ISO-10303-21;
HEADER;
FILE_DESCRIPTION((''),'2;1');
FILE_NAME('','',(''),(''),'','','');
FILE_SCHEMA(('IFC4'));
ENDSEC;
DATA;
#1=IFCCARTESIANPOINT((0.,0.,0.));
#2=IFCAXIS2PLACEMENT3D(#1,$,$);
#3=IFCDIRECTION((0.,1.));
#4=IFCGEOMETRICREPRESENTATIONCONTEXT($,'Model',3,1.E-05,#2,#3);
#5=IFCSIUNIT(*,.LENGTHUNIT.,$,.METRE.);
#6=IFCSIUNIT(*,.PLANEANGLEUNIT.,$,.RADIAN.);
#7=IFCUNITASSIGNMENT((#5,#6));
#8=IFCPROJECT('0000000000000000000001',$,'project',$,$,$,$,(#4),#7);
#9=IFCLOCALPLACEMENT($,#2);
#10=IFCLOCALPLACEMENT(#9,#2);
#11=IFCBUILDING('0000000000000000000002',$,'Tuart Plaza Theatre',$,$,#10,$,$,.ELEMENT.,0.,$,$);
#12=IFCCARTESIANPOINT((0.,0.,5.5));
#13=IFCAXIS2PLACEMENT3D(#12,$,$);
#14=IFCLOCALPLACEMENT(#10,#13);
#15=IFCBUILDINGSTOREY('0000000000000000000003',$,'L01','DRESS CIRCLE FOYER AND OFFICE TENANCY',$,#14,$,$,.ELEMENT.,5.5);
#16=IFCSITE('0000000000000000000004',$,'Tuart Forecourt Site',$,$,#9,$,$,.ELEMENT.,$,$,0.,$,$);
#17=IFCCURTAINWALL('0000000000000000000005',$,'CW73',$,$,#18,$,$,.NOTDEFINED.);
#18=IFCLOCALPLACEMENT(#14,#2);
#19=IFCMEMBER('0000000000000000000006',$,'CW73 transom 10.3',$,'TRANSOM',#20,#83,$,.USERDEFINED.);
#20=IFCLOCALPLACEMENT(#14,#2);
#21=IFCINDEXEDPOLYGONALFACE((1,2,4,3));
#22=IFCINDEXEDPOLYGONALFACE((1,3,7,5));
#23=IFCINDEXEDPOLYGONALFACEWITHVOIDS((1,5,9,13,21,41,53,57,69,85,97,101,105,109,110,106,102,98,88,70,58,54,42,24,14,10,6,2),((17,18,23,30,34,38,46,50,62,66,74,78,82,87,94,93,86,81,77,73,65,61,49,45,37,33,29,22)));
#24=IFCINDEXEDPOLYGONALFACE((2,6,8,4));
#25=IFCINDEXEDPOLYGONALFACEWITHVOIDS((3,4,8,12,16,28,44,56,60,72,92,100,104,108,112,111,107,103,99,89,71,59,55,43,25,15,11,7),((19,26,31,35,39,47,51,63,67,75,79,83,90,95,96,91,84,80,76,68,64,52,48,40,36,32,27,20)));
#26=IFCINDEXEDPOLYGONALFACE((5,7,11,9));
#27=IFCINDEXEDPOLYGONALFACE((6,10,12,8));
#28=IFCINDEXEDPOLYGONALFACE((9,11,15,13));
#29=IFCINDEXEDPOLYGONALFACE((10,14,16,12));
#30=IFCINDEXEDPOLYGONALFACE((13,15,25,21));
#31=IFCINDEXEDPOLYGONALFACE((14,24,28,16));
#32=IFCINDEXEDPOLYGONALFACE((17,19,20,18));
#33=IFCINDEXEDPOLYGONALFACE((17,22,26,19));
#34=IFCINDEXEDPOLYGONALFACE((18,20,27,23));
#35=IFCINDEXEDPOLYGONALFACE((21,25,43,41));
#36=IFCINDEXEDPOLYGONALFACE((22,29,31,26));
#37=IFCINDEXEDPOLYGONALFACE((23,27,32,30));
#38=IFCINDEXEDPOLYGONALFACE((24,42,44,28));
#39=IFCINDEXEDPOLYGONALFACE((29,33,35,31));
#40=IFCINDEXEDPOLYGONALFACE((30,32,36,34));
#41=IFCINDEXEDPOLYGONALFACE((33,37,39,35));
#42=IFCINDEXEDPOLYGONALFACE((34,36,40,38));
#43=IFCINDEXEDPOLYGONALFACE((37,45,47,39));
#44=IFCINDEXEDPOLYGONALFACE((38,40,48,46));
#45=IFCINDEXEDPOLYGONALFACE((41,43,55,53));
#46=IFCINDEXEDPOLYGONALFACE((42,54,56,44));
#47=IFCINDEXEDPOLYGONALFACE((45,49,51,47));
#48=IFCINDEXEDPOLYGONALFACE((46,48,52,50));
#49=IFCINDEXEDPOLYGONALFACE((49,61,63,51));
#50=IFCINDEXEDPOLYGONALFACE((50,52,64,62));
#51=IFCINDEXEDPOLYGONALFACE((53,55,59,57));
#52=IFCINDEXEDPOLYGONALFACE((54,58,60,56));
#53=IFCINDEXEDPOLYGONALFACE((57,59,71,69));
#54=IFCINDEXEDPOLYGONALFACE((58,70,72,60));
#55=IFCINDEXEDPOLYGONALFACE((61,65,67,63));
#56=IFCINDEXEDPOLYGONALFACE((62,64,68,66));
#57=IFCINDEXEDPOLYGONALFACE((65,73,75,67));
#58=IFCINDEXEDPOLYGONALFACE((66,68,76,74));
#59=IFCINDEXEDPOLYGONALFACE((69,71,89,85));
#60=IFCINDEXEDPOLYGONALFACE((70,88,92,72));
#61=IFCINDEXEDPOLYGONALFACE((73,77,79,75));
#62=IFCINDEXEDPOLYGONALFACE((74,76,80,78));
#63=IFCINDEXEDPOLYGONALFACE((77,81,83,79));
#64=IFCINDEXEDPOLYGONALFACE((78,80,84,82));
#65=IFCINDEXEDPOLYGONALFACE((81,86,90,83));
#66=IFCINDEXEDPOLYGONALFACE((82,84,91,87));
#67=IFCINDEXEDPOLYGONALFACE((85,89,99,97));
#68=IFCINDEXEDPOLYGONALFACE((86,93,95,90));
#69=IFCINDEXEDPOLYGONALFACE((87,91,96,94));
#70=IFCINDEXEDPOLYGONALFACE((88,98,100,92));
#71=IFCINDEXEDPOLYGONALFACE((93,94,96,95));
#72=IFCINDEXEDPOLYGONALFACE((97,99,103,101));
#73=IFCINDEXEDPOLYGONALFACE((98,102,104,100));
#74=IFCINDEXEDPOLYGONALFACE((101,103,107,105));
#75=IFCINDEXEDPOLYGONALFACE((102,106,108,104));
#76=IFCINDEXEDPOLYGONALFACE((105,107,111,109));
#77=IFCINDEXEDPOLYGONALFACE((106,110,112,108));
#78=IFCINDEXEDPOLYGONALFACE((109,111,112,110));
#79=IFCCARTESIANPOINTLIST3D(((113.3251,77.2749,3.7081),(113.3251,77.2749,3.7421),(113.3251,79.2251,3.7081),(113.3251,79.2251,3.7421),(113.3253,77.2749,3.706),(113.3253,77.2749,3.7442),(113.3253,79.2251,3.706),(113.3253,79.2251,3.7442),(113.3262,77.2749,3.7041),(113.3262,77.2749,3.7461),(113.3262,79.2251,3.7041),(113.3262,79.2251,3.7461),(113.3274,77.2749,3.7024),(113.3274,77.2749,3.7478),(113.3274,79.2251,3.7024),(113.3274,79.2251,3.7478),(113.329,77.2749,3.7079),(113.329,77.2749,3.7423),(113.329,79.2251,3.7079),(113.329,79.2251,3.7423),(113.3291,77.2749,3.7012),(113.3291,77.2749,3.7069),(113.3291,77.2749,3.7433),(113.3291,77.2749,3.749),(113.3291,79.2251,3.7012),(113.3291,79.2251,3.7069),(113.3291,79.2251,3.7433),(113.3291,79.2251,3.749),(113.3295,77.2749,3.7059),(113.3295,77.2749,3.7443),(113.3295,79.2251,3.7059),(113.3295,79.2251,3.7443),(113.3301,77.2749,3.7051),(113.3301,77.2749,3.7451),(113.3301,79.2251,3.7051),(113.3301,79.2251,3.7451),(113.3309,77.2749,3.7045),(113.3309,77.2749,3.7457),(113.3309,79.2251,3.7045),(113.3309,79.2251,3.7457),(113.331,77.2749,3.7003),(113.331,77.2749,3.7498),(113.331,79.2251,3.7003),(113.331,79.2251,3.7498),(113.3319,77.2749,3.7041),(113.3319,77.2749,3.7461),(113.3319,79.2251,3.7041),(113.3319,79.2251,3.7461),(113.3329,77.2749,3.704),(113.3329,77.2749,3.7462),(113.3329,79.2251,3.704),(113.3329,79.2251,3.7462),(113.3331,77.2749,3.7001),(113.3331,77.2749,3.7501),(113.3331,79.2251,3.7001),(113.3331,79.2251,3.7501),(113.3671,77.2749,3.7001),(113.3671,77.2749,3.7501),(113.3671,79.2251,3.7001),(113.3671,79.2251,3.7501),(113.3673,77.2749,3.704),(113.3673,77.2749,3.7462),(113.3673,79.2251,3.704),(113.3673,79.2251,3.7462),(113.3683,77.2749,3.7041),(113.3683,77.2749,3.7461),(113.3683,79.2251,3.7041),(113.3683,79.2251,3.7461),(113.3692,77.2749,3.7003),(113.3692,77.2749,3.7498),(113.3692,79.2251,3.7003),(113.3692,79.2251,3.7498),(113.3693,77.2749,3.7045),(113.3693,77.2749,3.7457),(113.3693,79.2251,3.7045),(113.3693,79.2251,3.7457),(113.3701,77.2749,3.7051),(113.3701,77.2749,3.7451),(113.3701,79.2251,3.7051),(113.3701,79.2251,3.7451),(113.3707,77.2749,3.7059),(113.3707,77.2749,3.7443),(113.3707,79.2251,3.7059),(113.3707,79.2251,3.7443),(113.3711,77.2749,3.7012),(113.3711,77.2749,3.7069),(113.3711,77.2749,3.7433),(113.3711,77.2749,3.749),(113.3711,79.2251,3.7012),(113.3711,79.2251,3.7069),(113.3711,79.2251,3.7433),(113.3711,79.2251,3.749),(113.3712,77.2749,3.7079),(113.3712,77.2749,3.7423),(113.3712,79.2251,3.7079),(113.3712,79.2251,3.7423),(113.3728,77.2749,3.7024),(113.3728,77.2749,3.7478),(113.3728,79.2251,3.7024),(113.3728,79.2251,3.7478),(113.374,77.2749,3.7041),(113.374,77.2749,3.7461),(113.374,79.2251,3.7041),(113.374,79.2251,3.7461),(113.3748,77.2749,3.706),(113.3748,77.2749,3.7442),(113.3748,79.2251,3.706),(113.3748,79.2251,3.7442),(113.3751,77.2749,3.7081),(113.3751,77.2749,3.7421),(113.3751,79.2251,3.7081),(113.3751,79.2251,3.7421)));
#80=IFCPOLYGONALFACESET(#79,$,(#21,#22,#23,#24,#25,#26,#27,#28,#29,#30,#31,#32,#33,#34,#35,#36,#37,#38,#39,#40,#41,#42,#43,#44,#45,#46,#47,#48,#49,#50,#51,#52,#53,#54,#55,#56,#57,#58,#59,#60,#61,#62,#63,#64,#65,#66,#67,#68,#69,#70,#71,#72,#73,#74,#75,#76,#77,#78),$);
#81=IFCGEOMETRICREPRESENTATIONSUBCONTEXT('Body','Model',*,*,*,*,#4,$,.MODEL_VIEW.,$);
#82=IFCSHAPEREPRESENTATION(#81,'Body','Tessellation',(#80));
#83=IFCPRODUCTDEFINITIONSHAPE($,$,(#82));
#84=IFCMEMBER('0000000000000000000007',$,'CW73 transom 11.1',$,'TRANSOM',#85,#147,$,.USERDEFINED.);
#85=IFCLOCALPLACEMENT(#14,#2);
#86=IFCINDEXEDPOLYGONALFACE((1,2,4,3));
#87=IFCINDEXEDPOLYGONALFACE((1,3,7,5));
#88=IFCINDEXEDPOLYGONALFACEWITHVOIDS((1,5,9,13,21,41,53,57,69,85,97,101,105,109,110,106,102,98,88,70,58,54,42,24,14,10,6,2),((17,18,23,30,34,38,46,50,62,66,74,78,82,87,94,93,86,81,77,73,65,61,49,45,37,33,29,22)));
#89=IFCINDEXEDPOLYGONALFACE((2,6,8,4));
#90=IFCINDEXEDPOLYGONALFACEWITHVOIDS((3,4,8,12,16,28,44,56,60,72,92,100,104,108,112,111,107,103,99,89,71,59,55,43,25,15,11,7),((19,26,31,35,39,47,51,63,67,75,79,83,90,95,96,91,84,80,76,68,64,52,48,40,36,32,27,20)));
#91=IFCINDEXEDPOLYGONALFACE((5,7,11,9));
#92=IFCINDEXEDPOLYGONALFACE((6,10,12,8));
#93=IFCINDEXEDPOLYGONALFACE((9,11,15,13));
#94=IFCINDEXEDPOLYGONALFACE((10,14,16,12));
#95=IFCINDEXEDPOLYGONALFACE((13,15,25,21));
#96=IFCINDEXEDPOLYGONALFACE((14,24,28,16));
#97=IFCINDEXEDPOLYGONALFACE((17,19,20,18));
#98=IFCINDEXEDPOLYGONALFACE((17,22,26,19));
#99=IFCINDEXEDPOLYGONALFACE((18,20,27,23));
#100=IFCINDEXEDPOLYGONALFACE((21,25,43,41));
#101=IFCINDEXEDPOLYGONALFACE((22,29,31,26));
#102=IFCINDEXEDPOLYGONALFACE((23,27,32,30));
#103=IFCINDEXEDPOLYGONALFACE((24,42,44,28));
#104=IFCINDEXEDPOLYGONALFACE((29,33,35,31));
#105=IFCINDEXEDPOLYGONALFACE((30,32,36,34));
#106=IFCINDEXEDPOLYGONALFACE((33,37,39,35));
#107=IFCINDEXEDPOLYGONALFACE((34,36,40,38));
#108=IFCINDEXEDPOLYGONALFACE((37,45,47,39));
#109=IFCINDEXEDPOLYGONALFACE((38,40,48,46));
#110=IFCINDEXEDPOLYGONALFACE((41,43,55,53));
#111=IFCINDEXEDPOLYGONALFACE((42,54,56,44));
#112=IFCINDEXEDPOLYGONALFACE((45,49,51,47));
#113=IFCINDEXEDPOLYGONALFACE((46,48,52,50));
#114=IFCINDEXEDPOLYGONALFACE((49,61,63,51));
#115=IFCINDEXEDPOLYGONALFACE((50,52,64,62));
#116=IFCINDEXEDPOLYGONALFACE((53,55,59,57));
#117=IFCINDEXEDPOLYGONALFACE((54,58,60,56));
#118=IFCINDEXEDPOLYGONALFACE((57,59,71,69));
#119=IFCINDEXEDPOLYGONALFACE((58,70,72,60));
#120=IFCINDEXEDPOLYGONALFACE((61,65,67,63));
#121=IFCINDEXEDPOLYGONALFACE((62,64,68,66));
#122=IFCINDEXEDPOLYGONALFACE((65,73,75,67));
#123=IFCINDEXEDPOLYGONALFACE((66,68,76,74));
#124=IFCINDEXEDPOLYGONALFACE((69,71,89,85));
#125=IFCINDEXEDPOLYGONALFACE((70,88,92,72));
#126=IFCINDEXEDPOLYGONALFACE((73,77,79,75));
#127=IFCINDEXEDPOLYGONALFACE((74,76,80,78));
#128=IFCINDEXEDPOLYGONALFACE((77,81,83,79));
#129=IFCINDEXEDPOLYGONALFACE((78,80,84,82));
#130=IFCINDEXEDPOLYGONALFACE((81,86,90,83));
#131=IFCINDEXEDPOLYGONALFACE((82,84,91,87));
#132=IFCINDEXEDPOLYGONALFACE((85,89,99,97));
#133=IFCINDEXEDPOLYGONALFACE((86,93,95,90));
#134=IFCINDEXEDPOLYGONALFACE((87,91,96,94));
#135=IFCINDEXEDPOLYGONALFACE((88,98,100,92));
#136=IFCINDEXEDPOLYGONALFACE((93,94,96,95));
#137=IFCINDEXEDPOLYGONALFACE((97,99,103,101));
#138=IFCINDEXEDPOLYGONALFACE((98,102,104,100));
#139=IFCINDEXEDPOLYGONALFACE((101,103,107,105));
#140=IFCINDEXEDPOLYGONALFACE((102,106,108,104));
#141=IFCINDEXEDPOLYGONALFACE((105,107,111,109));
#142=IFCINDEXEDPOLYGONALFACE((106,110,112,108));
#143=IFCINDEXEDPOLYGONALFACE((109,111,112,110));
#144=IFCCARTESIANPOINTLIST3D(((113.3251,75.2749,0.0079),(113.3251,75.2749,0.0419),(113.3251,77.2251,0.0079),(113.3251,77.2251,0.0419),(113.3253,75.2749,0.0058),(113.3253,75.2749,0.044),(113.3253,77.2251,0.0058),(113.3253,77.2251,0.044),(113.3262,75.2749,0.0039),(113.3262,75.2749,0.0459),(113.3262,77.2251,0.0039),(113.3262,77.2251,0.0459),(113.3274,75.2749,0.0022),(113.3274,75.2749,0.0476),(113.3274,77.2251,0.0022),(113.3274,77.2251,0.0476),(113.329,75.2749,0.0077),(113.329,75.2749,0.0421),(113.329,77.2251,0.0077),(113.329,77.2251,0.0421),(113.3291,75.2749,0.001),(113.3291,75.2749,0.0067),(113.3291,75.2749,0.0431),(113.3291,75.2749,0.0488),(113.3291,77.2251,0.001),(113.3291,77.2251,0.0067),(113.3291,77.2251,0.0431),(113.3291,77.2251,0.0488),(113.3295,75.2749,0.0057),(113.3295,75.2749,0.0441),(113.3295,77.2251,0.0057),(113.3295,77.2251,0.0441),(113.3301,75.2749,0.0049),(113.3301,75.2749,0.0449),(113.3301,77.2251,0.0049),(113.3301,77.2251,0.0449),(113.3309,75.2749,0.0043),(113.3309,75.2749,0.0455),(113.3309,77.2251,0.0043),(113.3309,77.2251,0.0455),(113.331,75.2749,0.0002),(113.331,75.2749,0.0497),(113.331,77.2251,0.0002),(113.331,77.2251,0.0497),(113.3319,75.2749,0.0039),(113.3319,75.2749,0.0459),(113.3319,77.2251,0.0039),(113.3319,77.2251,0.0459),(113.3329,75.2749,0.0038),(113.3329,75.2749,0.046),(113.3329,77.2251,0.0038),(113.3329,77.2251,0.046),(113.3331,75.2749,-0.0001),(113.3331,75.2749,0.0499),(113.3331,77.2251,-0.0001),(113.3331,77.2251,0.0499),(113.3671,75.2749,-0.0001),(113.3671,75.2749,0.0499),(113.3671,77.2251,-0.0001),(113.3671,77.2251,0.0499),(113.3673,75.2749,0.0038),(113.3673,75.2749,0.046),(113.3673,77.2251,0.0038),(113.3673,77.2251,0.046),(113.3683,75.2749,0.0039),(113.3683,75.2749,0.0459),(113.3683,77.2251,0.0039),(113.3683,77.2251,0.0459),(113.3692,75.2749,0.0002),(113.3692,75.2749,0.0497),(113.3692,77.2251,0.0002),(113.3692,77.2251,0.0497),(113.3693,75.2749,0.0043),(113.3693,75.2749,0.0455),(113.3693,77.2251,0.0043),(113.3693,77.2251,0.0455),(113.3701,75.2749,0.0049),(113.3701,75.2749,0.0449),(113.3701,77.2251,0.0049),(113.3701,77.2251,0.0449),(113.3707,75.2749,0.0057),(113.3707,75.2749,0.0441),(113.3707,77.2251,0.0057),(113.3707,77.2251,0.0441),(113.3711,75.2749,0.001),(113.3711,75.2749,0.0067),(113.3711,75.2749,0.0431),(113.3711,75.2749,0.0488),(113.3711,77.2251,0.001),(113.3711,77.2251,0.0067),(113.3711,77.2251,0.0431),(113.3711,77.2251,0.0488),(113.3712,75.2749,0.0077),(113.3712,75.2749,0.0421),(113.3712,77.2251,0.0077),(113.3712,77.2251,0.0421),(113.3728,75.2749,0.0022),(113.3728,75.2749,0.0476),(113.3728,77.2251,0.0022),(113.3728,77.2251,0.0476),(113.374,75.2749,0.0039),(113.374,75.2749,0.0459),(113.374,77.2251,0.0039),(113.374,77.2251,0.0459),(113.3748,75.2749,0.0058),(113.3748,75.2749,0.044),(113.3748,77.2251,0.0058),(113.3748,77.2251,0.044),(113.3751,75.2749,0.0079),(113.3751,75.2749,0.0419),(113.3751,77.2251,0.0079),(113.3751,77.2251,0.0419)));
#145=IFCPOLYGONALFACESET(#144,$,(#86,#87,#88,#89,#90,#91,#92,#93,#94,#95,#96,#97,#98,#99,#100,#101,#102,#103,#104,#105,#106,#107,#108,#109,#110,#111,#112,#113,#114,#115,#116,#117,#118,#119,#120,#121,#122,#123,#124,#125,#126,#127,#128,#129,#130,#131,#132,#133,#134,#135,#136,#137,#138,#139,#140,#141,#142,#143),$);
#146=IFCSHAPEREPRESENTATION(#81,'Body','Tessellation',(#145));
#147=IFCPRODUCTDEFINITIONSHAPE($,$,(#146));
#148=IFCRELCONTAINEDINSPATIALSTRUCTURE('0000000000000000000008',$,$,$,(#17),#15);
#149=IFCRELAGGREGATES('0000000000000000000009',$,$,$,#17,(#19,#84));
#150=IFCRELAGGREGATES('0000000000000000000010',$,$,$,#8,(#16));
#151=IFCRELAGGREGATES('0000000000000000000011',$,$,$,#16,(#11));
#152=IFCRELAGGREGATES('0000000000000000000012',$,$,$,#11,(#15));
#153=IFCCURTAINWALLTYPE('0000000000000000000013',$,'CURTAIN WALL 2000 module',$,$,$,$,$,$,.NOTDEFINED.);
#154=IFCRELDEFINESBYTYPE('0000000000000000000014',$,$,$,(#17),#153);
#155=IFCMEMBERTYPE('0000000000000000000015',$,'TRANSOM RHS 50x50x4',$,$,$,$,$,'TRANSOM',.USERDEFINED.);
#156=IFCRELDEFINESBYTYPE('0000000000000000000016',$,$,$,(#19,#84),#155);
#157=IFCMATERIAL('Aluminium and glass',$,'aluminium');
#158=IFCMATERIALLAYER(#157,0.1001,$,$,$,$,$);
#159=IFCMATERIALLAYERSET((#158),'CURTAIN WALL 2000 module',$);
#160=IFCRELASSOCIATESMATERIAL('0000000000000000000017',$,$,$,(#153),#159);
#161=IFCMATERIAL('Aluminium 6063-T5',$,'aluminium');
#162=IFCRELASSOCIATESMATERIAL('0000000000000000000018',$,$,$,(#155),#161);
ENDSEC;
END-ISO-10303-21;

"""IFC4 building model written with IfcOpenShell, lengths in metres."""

from ifc_helpers import new_model, si_unit, direction, frame, origin, origin_2d, place, context, subcontext, project, spatial, hollow_rectangle, extrude, material, layer, layer_set, material_profile, profile_set, type_object, element, aggregate, save


model = new_model("IFC4")

# Units and contexts
model_context = context("Model", 3, precision=1e-05, world=origin(), true_north=direction((0.0, 1.0)))
body_context = subcontext(model_context, "Body", "Model", "MODEL_VIEW")
ifc_project = project(units=[si_unit("LENGTHUNIT", "METRE"), si_unit("PLANEANGLEUNIT", "RADIAN")], contexts=[model_context])

# Site, building, storey
site_placement = place(None, origin())
site = spatial("IfcSite", under=ifc_project, at=site_placement, Name="Tuart Forecourt Site", CompositionType="ELEMENT", RefElevation=0.0)
building_placement = place(site_placement, origin())
building = spatial("IfcBuilding", under=site, at=building_placement, Name="Tuart Plaza Theatre", CompositionType="ELEMENT", ElevationOfRefHeight=0.0)
storey_placement = place(building_placement, frame((0.0, 0.0, 5.5)))
storey = spatial("IfcBuildingStorey", under=building, at=storey_placement, Name="L01", Description="DRESS CIRCLE FOYER AND OFFICE TENANCY", CompositionType="ELEMENT", Elevation=5.5)

# Curtain wall, members
ifc_material_1 = material(Name="Aluminium and glass", Category="aluminium")
ifc_layer_1 = layer(ifc_material_1, 0.1001)
ifc_layer_set_1 = layer_set([ifc_layer_1], Name="CURTAIN WALL 2000 module")
curtain_wall_type = type_object("IfcCurtainWallType", Name="CURTAIN WALL 2000 module", PredefinedType="NOTDEFINED", material=ifc_layer_set_1)
curtain_wall_placement = place(storey_placement, origin())
curtain_wall = element("IfcCurtainWall", 1, at=curtain_wall_placement, inside=storey, type_object=curtain_wall_type, Name="CW73", PredefinedType="NOTDEFINED")
ifc_material_2 = material(Name="Aluminium 6063-T5", Category="aluminium")
ifc_material_profile_1 = material_profile(ifc_material_2, hollow_rectangle(XDim=0.05, YDim=0.05, WallThickness=0.0039, InnerFilletRadius=0.0039, OuterFilletRadius=0.0081, at=origin_2d()), Name="RHS 50x50x4")
ifc_profile_set_1 = profile_set([ifc_material_profile_1], Name="Aluminium 6063-T5")
member_type_1 = type_object("IfcMemberType", Name="TRANSOM RHS 50x50x4", ElementType="TRANSOM", PredefinedType="USERDEFINED", material=ifc_profile_set_1)
member_1_placement = place(storey_placement, frame((113.3501, 79.2251, 3.7251), z_axis=(0.0, -1.0, 0.0), x_axis=(1.0, 0.0, 0.0)))
member_1 = element("IfcMember", 2, at=member_1_placement, type_object=member_type_1, Name="CW73 transom 10.3", ObjectType="TRANSOM", PredefinedType="USERDEFINED", context=body_context, shape_type="SweptSolid", body=[
    extrude(hollow_rectangle(XDim=0.05, YDim=0.05, WallThickness=0.0039, InnerFilletRadius=0.0039, OuterFilletRadius=0.0081, at=origin_2d()), origin(), (0.0, 0.0, 1.0), 1.9502),
])
member_2_placement = place(storey_placement, frame((113.3501, 77.2251, 0.0249), z_axis=(0.0, -1.0, 0.0), x_axis=(1.0, 0.0, 0.0)))
member_2 = element("IfcMember", 3, at=member_2_placement, type_object=member_type_1, Name="CW73 transom 11.1", ObjectType="TRANSOM", PredefinedType="USERDEFINED", context=body_context, shape_type="SweptSolid", body=[
    extrude(hollow_rectangle(XDim=0.05, YDim=0.05, WallThickness=0.0039, InnerFilletRadius=0.0039, OuterFilletRadius=0.0081, at=origin_2d()), origin(), (0.0, 0.0, 1.0), 1.9502),
])
aggregate(curtain_wall, [member_1, member_2])

save(model, "model.ifc")
